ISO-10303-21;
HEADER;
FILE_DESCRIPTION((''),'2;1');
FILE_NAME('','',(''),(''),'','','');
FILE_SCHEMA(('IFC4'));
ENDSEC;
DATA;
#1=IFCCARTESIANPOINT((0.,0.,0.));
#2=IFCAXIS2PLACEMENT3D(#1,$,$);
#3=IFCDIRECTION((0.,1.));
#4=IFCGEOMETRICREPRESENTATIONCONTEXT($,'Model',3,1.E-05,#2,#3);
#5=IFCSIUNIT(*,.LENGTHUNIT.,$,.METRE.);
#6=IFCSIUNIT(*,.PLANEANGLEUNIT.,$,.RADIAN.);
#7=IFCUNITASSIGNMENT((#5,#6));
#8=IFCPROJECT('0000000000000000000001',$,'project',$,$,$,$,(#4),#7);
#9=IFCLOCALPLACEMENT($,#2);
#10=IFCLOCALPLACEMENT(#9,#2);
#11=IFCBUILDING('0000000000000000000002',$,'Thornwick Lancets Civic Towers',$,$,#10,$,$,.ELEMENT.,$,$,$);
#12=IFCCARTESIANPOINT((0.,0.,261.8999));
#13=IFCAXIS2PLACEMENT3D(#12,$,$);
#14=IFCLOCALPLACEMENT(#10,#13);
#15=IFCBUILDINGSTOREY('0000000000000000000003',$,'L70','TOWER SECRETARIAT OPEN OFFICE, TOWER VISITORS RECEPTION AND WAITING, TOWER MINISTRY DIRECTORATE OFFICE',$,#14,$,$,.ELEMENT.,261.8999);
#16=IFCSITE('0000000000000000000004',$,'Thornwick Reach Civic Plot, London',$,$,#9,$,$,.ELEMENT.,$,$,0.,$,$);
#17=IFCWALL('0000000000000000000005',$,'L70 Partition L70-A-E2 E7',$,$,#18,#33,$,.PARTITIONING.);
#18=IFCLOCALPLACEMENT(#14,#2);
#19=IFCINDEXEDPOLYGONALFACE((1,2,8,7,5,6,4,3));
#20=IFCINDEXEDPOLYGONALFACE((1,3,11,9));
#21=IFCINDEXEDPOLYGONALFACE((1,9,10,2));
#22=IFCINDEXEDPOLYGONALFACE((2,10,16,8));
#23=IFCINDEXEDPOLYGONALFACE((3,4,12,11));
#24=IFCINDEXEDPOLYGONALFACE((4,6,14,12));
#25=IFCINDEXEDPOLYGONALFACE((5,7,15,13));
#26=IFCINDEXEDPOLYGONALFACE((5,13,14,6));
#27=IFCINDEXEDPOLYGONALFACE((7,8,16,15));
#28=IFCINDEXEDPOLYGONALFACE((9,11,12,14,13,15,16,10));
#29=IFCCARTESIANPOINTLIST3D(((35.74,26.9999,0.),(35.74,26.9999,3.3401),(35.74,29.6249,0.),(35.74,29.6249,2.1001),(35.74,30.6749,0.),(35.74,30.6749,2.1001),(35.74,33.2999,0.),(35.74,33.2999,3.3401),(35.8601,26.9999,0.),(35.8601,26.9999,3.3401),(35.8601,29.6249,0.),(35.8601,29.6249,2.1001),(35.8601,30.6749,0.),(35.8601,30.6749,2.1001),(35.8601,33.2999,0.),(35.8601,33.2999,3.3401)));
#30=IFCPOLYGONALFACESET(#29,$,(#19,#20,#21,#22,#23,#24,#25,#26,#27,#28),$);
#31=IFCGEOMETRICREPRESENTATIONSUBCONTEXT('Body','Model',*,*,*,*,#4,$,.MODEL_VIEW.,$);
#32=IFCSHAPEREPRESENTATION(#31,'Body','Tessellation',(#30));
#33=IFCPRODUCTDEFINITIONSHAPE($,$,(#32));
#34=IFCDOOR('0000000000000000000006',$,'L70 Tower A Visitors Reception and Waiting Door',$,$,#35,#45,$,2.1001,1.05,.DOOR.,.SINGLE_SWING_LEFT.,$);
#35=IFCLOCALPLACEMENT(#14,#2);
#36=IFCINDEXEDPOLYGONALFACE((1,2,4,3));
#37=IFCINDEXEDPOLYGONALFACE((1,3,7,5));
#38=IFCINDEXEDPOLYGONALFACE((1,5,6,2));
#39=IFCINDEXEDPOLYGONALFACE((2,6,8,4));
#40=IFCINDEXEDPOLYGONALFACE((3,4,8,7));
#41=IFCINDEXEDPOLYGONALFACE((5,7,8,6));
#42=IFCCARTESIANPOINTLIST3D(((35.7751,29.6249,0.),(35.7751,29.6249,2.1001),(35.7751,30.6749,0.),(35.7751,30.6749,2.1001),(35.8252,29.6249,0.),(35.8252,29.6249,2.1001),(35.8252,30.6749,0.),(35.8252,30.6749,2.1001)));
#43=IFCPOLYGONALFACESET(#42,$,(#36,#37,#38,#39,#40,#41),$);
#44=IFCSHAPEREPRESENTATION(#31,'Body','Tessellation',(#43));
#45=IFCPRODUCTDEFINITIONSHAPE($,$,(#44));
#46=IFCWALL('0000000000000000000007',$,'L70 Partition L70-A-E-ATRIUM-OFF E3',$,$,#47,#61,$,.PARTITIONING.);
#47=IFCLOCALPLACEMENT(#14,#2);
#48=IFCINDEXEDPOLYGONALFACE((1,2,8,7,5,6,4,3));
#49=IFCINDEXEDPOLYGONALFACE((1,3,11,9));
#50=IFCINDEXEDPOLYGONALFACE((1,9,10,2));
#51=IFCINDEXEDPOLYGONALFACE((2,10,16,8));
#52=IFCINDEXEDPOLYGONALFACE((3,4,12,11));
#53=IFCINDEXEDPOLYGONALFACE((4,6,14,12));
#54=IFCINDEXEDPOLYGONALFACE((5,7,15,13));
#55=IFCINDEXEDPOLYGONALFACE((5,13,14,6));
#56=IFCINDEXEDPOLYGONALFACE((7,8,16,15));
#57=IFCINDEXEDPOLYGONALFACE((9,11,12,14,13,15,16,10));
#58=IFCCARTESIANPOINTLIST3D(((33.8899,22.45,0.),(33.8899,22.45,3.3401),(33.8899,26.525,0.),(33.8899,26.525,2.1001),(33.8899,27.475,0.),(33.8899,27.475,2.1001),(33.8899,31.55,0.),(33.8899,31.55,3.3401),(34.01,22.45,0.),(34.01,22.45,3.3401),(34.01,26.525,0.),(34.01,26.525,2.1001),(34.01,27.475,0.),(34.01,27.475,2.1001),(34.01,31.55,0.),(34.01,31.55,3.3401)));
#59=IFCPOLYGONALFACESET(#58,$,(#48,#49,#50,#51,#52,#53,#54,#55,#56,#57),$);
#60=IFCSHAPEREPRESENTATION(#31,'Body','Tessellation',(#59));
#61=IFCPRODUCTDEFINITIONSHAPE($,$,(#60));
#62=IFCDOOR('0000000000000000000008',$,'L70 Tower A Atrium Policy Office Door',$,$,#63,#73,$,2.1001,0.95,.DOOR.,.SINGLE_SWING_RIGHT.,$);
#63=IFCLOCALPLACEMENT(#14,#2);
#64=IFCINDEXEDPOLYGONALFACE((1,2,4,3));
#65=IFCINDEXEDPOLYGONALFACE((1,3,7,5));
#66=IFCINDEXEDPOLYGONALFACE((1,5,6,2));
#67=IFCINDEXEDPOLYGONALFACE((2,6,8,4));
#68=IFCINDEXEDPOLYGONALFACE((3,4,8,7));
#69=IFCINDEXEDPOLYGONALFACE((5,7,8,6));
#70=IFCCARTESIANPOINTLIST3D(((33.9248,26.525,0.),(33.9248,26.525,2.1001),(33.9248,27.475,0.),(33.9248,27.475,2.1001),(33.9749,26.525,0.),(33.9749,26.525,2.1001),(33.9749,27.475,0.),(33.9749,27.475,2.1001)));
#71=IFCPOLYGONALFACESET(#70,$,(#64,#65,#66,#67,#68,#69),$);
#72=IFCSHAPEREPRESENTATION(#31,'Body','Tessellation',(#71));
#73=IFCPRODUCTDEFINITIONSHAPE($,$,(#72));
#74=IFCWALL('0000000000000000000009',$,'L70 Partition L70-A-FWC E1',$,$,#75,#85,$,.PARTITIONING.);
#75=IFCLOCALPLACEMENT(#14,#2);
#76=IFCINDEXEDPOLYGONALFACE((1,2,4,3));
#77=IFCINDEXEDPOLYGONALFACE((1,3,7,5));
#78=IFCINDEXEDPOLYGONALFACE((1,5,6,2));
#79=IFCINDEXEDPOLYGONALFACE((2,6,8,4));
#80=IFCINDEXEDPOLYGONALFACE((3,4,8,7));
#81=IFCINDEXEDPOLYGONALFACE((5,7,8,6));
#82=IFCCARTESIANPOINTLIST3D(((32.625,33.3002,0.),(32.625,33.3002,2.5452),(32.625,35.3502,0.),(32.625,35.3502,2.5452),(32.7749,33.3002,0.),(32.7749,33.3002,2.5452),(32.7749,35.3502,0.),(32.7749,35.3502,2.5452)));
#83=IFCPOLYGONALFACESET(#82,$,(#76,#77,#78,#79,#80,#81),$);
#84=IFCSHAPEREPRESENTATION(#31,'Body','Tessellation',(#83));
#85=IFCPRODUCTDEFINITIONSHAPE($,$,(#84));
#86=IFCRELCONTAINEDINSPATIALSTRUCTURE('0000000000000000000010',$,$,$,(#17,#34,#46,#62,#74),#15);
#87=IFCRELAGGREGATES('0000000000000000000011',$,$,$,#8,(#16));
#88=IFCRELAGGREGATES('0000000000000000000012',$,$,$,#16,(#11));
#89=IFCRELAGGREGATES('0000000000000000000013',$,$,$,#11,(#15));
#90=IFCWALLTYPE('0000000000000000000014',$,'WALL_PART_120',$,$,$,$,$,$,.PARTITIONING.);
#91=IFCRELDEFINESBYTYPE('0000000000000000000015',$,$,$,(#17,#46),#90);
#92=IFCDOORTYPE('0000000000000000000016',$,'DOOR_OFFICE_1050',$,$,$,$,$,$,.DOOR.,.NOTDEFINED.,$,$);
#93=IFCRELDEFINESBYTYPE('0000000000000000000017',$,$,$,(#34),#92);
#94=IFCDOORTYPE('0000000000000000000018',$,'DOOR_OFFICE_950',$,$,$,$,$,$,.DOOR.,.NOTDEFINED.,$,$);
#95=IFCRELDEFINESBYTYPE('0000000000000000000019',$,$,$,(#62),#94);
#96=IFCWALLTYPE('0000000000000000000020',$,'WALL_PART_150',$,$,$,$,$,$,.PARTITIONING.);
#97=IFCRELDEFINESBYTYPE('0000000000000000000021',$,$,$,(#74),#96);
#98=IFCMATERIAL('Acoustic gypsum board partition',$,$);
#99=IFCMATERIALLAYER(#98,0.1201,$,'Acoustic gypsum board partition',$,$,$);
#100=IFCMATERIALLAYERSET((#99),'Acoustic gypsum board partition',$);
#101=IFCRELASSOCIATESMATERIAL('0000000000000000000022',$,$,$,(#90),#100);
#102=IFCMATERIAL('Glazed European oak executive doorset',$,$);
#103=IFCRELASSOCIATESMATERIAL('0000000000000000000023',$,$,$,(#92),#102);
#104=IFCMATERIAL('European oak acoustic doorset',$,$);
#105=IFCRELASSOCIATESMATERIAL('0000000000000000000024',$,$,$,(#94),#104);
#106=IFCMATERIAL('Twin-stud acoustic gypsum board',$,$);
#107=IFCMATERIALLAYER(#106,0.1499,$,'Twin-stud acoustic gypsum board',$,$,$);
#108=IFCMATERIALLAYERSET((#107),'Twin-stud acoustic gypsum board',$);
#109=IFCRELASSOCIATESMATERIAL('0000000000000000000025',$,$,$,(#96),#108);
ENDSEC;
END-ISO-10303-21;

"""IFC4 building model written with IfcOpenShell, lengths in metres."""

from ifc_helpers import new_model, si_unit, direction, frame, frame_2d, origin, place, context, subcontext, project, spatial, rectangle, extrude, material, layer, layer_set, type_object, element, fill, save


model = new_model("IFC4")

# Units and contexts
model_context = context("Model", 3, precision=1e-05, world=origin(), true_north=direction((0.0, 1.0)))
body_context = subcontext(model_context, "Body", "Model", "MODEL_VIEW")
ifc_project = project(units=[si_unit("LENGTHUNIT", "METRE"), si_unit("PLANEANGLEUNIT", "RADIAN")], contexts=[model_context])

# Site, building, storey
site_placement = place(None, origin())
site = spatial("IfcSite", under=ifc_project, at=site_placement, Name="Thornwick Reach Civic Plot, London", CompositionType="ELEMENT", RefElevation=0.0)
building_placement = place(site_placement, origin())
building = spatial("IfcBuilding", under=site, at=building_placement, Name="Thornwick Lancets Civic Towers", CompositionType="ELEMENT")
storey_placement = place(building_placement, frame((0.0, 0.0, 261.8999)))
storey = spatial("IfcBuildingStorey", under=building, at=storey_placement, Name="L70", Description="TOWER SECRETARIAT OPEN OFFICE, TOWER VISITORS RECEPTION AND WAITING, TOWER MINISTRY DIRECTORATE OFFICE", CompositionType="ELEMENT", Elevation=261.8999)

# Shared definitions
ifc_material_1 = material(Name="Acoustic gypsum board partition")
ifc_layer_1 = layer(ifc_material_1, 0.1201, Name="Acoustic gypsum board partition")
ifc_layer_set_1 = layer_set([ifc_layer_1], Name="Acoustic gypsum board partition")
wall_type_1 = type_object("IfcWallType", Name="WALL_PART_120", PredefinedType="PARTITIONING", material=ifc_layer_set_1)

# Walls, openings, doors
wall_1_placement = place(storey_placement, frame((35.8, 27.0, 0.0), z_axis=(0.0, 0.0, 1.0), x_axis=(0.0, 1.0, 0.0)))
wall_1 = element("IfcWall", 1, at=wall_1_placement, inside=storey, type_object=wall_type_1, Name="L70 Partition L70-A-E2 E7", PredefinedType="PARTITIONING", context=body_context, shape_type="SweptSolid", body=[
    extrude(rectangle(XDim=6.3, YDim=0.1201, at=frame_2d((3.1499, 0.0))), origin(), (0.0, 0.0, 1.0), 3.3401),
])
opening_1_placement = place(wall_1_placement, frame((2.625, 0.0, 0.0)))
opening_1 = element("IfcOpeningElement", 2, at=opening_1_placement, cuts=wall_1, PredefinedType="OPENING", context=body_context, shape_type="SweptSolid", body=[
    extrude(rectangle(XDim=1.05, YDim=2.1001, at=frame_2d((0.5249, 1.05))), frame((0.0, 0.0701, 0.0), z_axis=(0.0, -1.0, 0.0), x_axis=(1.0, 0.0, 0.0)), (0.0, 0.0, 1.0), 0.1401),
])
ifc_material_2 = material(Name="Glazed European oak executive doorset")
door_type_1 = type_object("IfcDoorType", Name="DOOR_OFFICE_1050", OperationType="NOTDEFINED", PredefinedType="DOOR", material=ifc_material_2)
door_1_placement = place(opening_1_placement, origin())
door_1 = element("IfcDoor", 3, at=door_1_placement, inside=storey, type_object=door_type_1, Name="L70 Tower A Visitors Reception and Waiting Door", OperationType="SINGLE_SWING_LEFT", OverallHeight=2.1001, OverallWidth=1.05, PredefinedType="DOOR", context=body_context, shape_type="SweptSolid", body=[
    extrude(rectangle(XDim=1.05, YDim=2.1001, at=frame_2d((0.5249, 1.05))), frame((0.0, 0.0249, 0.0), z_axis=(0.0, -1.0, 0.0), x_axis=(1.0, 0.0, 0.0)), (0.0, 0.0, 1.0), 0.05),
])
fill(opening_1, door_1)
wall_2_placement = place(storey_placement, frame((33.95, 31.55, 0.0), z_axis=(0.0, 0.0, 1.0), x_axis=(0.0, -1.0, 0.0)))
wall_2 = element("IfcWall", 4, at=wall_2_placement, inside=storey, type_object=wall_type_1, Name="L70 Partition L70-A-E-ATRIUM-OFF E3", PredefinedType="PARTITIONING", context=body_context, shape_type="SweptSolid", body=[
    extrude(rectangle(XDim=9.1001, YDim=0.1201, at=frame_2d((4.55, 0.0))), origin(), (0.0, 0.0, 1.0), 3.3401),
])
opening_2_placement = place(wall_2_placement, frame((4.075, 0.0, 0.0)))
opening_2 = element("IfcOpeningElement", 5, at=opening_2_placement, cuts=wall_2, PredefinedType="OPENING", context=body_context, shape_type="SweptSolid", body=[
    extrude(rectangle(XDim=0.95, YDim=2.1001, at=frame_2d((0.4751, 1.05))), frame((0.0, 0.0701, 0.0), z_axis=(0.0, -1.0, 0.0), x_axis=(1.0, 0.0, 0.0)), (0.0, 0.0, 1.0), 0.1401),
])
ifc_material_3 = material(Name="European oak acoustic doorset")
door_type_2 = type_object("IfcDoorType", Name="DOOR_OFFICE_950", OperationType="NOTDEFINED", PredefinedType="DOOR", material=ifc_material_3)
door_2_placement = place(opening_2_placement, origin())
door_2 = element("IfcDoor", 6, at=door_2_placement, inside=storey, type_object=door_type_2, Name="L70 Tower A Atrium Policy Office Door", OperationType="SINGLE_SWING_RIGHT", OverallHeight=2.1001, OverallWidth=0.95, PredefinedType="DOOR", context=body_context, shape_type="SweptSolid", body=[
    extrude(rectangle(XDim=0.95, YDim=2.1001, at=frame_2d((0.4751, 1.05))), frame((0.0, 0.0249, 0.0), z_axis=(0.0, -1.0, 0.0), x_axis=(1.0, 0.0, 0.0)), (0.0, 0.0, 1.0), 0.05),
])
fill(opening_2, door_2)

# Wall
ifc_material_4 = material(Name="Twin-stud acoustic gypsum board")
ifc_layer_2 = layer(ifc_material_4, 0.1499, Name="Twin-stud acoustic gypsum board")
ifc_layer_set_2 = layer_set([ifc_layer_2], Name="Twin-stud acoustic gypsum board")
wall_type_2 = type_object("IfcWallType", Name="WALL_PART_150", PredefinedType="PARTITIONING", material=ifc_layer_set_2)
wall_3_placement = place(storey_placement, frame((32.7, 35.3501, 0.0), z_axis=(0.0, 0.0, 1.0), x_axis=(0.0, -1.0, 0.0)))
element("IfcWall", 7, at=wall_3_placement, inside=storey, type_object=wall_type_2, Name="L70 Partition L70-A-FWC E1", PredefinedType="PARTITIONING", context=body_context, shape_type="SweptSolid", body=[
    extrude(rectangle(XDim=2.05, YDim=0.1499, at=frame_2d((1.0249, 0.0))), origin(), (0.0, 0.0, 1.0), 2.5452),
])

save(model, "model.ifc")
